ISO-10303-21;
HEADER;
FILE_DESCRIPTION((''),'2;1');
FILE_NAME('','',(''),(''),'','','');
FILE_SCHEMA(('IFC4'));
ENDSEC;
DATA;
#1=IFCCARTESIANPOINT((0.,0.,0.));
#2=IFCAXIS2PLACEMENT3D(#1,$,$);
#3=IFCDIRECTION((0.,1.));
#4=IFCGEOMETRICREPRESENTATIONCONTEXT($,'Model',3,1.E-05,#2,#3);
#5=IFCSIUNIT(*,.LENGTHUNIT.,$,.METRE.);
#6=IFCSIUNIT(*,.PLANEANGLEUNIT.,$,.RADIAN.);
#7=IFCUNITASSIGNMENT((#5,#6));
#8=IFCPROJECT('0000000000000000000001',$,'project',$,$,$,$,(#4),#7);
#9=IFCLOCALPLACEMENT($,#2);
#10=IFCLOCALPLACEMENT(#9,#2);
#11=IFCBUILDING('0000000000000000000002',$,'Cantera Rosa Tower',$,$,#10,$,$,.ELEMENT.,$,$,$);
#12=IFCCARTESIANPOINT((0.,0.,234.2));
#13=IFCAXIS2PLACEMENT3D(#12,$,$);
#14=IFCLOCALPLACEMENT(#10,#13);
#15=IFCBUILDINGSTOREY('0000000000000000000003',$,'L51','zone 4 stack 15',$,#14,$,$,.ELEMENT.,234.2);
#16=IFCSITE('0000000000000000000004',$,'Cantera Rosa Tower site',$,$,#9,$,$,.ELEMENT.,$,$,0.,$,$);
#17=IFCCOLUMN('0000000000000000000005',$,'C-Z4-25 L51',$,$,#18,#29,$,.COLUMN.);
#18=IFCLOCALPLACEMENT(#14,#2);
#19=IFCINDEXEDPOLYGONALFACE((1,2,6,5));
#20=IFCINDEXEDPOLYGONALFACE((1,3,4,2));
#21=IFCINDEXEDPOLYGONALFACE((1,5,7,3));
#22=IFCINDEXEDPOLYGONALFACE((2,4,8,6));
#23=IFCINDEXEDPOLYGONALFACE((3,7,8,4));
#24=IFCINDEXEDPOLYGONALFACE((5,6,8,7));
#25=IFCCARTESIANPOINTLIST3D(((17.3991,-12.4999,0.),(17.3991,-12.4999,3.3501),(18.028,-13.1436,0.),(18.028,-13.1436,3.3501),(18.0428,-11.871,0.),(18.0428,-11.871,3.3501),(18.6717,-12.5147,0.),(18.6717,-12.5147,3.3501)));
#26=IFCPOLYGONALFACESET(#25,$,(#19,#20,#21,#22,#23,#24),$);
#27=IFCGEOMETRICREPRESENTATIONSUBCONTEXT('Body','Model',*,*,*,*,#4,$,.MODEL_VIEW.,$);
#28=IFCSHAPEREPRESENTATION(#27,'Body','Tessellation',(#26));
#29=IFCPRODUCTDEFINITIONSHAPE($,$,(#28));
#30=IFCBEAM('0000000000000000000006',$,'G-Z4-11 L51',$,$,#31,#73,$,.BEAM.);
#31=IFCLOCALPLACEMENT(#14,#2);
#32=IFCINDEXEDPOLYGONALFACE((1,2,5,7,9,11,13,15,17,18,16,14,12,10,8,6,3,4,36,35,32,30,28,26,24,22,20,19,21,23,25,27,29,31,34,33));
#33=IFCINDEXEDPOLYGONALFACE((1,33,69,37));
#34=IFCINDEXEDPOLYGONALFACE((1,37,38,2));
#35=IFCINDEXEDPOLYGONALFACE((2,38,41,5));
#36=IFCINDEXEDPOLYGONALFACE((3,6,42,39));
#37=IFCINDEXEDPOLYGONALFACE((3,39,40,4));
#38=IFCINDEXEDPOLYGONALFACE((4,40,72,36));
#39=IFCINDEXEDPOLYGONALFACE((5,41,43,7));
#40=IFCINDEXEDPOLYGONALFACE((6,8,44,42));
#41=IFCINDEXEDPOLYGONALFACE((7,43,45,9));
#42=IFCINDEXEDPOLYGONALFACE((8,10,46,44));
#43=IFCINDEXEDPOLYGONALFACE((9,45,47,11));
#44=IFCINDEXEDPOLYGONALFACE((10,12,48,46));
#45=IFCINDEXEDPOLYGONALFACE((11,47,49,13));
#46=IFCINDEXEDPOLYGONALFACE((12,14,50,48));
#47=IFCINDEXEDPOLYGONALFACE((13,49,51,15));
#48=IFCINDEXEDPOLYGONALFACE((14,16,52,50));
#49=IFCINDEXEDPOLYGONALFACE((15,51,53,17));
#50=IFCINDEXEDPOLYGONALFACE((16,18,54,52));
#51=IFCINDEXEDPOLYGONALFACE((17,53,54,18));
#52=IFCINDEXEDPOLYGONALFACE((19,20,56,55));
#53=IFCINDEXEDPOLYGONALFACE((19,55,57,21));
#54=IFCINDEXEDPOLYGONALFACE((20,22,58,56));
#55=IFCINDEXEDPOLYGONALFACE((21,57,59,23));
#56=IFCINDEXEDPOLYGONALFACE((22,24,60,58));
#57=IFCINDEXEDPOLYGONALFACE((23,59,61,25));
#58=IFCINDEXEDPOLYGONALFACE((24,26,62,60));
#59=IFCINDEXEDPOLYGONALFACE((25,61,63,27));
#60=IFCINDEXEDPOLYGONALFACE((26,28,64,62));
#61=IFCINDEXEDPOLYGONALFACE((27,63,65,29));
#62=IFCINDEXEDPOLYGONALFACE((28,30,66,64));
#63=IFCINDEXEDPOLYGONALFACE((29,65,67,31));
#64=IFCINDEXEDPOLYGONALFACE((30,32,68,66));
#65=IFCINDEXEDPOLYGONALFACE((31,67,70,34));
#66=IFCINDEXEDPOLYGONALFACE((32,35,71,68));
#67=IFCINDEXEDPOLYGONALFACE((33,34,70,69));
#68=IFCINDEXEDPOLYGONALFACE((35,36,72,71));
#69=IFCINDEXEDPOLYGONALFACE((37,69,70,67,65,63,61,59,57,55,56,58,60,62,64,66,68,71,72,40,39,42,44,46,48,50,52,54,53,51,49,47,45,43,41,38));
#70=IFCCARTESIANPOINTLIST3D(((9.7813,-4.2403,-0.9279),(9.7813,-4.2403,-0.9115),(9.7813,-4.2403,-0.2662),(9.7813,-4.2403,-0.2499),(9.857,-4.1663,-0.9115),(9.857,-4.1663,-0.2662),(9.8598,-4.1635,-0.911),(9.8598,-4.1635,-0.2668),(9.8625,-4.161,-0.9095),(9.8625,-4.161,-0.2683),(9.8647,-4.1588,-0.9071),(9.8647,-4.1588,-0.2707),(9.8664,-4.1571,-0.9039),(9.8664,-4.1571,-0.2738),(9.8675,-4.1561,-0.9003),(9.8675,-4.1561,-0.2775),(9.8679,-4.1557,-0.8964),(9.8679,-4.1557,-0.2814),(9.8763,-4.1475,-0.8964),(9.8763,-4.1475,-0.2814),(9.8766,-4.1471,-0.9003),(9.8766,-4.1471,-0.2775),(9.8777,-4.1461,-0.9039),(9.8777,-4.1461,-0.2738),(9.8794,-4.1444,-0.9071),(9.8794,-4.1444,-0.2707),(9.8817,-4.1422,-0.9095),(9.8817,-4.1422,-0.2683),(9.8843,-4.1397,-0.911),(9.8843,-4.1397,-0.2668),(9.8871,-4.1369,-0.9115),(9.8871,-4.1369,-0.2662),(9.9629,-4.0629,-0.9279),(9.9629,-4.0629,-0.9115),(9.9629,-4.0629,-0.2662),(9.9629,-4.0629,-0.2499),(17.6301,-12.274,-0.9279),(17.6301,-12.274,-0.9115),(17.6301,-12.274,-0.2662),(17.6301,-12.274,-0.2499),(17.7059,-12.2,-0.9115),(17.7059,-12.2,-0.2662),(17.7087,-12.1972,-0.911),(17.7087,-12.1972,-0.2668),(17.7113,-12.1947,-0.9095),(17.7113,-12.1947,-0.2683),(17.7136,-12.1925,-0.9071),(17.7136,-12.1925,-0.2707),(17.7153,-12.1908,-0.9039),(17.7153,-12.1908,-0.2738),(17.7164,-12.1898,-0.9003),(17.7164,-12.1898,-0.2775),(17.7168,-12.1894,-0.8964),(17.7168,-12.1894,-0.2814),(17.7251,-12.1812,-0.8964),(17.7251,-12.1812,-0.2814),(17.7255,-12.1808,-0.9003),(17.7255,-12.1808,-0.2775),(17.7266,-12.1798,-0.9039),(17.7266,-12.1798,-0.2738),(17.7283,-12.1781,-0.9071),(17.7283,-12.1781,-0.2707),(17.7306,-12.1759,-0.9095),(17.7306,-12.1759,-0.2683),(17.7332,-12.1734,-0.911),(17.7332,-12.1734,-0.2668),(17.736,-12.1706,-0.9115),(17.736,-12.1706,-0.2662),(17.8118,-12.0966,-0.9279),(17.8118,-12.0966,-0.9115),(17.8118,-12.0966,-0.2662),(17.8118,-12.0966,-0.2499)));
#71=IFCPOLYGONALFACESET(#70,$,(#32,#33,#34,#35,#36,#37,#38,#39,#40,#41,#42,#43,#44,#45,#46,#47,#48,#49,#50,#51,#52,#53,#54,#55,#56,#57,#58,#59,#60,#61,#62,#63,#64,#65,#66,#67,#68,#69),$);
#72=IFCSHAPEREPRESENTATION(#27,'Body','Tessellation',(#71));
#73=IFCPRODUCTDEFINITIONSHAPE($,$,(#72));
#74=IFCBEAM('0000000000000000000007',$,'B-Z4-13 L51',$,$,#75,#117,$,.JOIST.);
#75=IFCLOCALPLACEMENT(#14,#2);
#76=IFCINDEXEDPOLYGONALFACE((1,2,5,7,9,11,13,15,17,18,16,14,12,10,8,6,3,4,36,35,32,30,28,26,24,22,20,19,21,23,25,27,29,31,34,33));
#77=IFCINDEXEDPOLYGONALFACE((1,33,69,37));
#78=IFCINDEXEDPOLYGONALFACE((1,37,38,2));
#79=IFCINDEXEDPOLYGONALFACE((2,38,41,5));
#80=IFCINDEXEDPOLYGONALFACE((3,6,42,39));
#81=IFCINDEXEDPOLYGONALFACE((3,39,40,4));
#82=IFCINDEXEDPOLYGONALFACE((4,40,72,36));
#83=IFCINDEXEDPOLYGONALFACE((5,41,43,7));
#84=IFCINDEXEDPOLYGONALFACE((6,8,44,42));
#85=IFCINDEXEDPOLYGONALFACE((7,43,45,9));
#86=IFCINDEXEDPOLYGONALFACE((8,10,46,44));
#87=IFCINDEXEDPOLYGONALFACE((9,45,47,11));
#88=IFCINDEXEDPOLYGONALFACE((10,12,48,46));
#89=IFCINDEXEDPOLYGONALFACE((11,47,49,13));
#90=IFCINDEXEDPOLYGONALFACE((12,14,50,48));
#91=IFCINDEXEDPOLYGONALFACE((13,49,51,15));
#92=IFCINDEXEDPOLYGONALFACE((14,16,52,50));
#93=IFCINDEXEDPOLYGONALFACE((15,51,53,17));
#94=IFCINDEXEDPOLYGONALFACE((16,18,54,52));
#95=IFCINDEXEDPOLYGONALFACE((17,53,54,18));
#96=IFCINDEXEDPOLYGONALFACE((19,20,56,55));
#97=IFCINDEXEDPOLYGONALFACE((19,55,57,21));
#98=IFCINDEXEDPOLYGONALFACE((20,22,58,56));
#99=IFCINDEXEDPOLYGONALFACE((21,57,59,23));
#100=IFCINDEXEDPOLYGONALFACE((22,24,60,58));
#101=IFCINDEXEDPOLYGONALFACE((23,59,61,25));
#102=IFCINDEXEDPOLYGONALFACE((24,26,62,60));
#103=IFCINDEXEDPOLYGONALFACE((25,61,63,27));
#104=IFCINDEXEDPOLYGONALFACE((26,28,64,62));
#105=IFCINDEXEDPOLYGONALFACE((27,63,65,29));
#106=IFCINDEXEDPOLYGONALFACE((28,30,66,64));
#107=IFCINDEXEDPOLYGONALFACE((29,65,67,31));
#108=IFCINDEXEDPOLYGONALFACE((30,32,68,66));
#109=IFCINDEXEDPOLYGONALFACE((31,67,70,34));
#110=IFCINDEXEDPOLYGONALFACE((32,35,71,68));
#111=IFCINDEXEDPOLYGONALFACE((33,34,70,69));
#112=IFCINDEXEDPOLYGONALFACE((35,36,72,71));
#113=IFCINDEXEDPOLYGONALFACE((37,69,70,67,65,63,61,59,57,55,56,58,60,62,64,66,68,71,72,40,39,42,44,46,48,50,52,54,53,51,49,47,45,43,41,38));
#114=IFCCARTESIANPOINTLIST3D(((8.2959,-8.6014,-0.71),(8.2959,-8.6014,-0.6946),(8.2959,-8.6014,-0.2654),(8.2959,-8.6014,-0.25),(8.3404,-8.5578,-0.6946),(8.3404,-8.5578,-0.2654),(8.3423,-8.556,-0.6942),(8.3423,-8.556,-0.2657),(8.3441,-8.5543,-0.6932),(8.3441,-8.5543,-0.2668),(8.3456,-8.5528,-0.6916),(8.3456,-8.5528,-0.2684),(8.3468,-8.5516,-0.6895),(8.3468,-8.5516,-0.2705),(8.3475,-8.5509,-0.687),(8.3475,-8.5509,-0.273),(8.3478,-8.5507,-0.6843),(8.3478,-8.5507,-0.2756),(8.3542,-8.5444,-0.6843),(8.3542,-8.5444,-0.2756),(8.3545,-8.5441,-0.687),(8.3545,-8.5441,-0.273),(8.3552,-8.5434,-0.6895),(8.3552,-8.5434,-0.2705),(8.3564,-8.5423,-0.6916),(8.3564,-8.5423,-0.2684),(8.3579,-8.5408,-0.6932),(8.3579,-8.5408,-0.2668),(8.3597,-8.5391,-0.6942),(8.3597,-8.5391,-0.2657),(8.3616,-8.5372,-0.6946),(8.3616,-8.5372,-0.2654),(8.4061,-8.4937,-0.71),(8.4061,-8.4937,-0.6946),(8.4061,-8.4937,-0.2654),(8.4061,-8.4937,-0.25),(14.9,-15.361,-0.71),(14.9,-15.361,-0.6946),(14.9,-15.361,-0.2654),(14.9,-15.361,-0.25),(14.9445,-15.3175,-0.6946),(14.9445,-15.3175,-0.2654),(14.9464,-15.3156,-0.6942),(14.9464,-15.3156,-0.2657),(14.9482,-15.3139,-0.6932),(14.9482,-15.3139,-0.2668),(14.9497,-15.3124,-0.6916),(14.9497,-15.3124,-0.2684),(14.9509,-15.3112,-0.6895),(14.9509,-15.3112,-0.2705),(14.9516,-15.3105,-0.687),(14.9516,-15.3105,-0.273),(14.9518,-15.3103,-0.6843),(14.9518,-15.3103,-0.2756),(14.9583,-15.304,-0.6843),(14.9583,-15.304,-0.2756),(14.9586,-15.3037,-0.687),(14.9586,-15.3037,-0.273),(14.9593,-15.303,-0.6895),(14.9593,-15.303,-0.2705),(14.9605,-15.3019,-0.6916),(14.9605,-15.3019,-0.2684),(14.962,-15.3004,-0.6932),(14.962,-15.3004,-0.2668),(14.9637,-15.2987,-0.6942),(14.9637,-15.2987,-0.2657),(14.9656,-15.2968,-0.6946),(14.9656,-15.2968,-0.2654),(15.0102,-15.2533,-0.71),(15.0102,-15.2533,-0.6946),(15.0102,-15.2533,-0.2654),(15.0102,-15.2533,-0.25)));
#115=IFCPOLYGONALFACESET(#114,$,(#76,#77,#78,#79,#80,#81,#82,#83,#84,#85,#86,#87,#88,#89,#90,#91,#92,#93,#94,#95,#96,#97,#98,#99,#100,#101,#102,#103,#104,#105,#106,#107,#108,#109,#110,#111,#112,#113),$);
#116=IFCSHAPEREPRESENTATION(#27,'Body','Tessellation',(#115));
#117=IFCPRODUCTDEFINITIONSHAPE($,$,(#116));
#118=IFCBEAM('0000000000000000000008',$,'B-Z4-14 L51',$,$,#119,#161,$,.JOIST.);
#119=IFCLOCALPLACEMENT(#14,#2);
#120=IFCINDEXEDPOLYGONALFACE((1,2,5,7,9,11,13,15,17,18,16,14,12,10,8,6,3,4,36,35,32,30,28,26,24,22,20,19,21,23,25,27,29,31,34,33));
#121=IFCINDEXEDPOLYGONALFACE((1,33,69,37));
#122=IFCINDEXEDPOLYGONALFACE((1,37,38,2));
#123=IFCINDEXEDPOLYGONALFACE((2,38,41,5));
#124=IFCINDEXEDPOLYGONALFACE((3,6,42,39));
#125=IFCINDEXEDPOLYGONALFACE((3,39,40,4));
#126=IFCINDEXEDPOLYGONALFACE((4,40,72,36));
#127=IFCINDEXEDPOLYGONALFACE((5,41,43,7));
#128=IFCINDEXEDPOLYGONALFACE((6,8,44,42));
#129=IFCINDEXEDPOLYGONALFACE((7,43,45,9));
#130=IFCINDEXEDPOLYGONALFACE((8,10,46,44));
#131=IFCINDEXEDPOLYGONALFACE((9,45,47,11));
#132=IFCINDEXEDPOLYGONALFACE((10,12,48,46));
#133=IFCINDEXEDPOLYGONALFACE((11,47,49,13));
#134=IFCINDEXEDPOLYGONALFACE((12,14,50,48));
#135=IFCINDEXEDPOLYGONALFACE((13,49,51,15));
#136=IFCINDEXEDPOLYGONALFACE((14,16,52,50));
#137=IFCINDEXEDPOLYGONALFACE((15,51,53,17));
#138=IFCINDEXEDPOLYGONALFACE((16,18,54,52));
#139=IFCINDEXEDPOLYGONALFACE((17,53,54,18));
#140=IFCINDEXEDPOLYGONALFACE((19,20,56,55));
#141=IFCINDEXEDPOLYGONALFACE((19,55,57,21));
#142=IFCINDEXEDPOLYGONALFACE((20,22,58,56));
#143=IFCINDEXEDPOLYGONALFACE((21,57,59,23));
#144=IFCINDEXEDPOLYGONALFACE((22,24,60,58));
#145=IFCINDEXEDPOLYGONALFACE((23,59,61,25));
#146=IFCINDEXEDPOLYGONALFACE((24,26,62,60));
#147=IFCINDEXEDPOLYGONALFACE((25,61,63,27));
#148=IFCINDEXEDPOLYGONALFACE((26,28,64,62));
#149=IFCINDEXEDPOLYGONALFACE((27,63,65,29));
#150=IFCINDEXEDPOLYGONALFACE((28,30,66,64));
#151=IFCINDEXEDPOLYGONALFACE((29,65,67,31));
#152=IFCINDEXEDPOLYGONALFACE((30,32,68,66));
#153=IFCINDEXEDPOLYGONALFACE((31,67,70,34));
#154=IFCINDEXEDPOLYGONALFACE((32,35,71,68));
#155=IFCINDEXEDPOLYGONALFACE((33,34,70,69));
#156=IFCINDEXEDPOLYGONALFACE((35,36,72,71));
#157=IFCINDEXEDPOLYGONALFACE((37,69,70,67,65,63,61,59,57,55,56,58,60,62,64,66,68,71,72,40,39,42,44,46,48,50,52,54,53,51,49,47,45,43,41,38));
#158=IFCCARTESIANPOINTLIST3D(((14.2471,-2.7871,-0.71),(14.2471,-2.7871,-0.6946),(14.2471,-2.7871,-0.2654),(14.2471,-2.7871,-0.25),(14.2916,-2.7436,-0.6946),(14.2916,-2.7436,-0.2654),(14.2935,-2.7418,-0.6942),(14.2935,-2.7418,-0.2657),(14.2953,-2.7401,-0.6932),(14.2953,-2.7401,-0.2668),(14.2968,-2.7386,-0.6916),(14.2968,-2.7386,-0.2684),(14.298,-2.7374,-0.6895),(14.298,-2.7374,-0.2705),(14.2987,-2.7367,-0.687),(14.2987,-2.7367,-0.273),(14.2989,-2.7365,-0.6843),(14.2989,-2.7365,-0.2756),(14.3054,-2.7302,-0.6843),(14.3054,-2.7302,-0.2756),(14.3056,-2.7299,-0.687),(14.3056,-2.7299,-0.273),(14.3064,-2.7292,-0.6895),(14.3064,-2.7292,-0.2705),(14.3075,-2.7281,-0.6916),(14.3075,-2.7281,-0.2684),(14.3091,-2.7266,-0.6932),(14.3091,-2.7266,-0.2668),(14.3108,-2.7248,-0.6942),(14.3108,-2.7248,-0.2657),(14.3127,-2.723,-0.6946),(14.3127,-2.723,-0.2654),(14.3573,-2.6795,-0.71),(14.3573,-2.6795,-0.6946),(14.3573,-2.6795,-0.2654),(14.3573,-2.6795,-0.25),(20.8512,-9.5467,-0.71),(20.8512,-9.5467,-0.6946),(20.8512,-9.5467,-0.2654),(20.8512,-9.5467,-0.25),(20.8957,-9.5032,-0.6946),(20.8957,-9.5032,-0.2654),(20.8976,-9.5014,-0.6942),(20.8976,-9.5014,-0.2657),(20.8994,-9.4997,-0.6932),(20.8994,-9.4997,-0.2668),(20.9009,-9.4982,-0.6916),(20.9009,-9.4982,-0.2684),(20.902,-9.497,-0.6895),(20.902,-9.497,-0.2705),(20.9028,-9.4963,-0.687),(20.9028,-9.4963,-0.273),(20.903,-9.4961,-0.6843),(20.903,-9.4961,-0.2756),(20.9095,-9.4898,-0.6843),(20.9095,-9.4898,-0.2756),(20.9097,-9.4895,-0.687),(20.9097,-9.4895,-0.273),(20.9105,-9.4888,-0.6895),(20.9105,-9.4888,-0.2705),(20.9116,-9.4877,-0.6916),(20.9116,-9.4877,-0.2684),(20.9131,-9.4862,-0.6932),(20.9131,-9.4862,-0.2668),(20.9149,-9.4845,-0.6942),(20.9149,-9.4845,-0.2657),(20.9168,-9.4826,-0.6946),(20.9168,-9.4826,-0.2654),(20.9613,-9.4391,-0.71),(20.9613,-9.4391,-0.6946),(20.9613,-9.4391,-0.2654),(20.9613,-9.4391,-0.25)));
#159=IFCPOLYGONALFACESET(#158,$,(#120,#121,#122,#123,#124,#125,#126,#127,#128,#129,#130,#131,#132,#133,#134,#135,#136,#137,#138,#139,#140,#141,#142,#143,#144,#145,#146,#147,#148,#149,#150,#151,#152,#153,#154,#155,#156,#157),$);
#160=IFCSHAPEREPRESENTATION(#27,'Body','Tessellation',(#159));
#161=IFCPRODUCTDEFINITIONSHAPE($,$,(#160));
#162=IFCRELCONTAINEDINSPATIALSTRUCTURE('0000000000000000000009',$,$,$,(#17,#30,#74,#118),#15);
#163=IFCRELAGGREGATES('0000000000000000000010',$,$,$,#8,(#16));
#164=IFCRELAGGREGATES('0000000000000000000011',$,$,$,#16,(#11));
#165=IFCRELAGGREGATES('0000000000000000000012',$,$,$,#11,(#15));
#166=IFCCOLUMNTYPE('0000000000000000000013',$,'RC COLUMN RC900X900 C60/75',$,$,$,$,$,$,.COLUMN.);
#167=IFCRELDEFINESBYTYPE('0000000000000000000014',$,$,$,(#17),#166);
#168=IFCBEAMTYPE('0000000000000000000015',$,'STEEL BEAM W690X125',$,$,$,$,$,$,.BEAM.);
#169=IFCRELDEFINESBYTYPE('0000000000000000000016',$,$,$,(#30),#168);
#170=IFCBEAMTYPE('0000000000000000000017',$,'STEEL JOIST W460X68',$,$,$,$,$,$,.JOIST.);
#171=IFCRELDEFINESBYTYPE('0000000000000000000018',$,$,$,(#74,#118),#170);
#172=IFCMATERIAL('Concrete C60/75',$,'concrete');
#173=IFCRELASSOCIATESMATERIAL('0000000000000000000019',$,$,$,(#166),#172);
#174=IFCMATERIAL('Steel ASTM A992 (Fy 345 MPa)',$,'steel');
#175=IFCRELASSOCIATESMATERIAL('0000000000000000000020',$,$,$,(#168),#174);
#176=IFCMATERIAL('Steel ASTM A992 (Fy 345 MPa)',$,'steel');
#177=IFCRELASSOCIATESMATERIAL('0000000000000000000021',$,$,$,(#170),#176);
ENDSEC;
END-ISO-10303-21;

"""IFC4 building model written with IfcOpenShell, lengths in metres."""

from ifc_helpers import new_model, si_unit, direction, frame, origin, origin_2d, place, context, subcontext, project, spatial, rectangle, i_section, extrude, material, material_profile, profile_set, type_object, element, save


model = new_model("IFC4")

# Units and contexts
model_context = context("Model", 3, precision=1e-05, world=origin(), true_north=direction((0.0, 1.0)))
body_context = subcontext(model_context, "Body", "Model", "MODEL_VIEW")
ifc_project = project(units=[si_unit("LENGTHUNIT", "METRE"), si_unit("PLANEANGLEUNIT", "RADIAN")], contexts=[model_context])

# Site, building, storey
site_placement = place(None, origin())
site = spatial("IfcSite", under=ifc_project, at=site_placement, Name="Cantera Rosa Tower site", CompositionType="ELEMENT", RefElevation=0.0)
building_placement = place(site_placement, origin())
building = spatial("IfcBuilding", under=site, at=building_placement, Name="Cantera Rosa Tower", CompositionType="ELEMENT")
storey_placement = place(building_placement, frame((0.0, 0.0, 234.2)))
storey = spatial("IfcBuildingStorey", under=building, at=storey_placement, Name="L51", Description="zone 4 stack 15", CompositionType="ELEMENT", Elevation=234.2)

# Column
ifc_material_1 = material(Name="Concrete C60/75", Category="concrete")
ifc_material_profile_1 = material_profile(ifc_material_1, rectangle(XDim=0.8999, YDim=0.8999, at=origin_2d()), Name="RC COLUMN RC900X900 C60/75")
ifc_profile_set_1 = profile_set([ifc_material_profile_1], Name="Concrete C60/75")
column_type = type_object("IfcColumnType", Name="RC COLUMN RC900X900 C60/75", PredefinedType="COLUMN", material=ifc_profile_set_1)
column_placement = place(storey_placement, frame((18.0354, -12.5073, 0.0), z_axis=(0.0, 0.0, 1.0), x_axis=(0.715286, 0.698832, 0.0)))
element("IfcColumn", 1, at=column_placement, inside=storey, type_object=column_type, Name="C-Z4-25 L51", PredefinedType="COLUMN", context=body_context, shape_type="SweptSolid", body=[
    extrude(rectangle(XDim=0.8999, YDim=0.8999, at=origin_2d()), origin(), (0.0, 0.0, 1.0), 3.3501),
])

# Beams
ifc_material_2 = material(Name="Steel ASTM A992 (Fy 345 MPa)", Category="steel")
ifc_material_profile_2 = material_profile(ifc_material_2, i_section(OverallWidth=0.2539, OverallDepth=0.678, WebThickness=0.0117, FlangeThickness=0.0164, FilletRadius=0.0151, at=origin_2d()), Name="W690X125")
ifc_profile_set_2 = profile_set([ifc_material_profile_2], Name="Steel ASTM A992 (Fy 345 MPa)")
beam_type_1 = type_object("IfcBeamType", Name="STEEL BEAM W690X125", PredefinedType="BEAM", material=ifc_profile_set_2)
beam_placement = place(storey_placement, frame((17.7209, -12.1853, -0.5889), z_axis=(-0.698831, 0.715286, 0.0), x_axis=(-0.715286, -0.698831, 0.0)))
element("IfcBeam", 2, at=beam_placement, inside=storey, type_object=beam_type_1, Name="G-Z4-11 L51", PredefinedType="BEAM", context=body_context, shape_type="SweptSolid", body=[
    extrude(i_section(OverallWidth=0.2539, OverallDepth=0.678, WebThickness=0.0117, FlangeThickness=0.0164, FilletRadius=0.0151, at=origin_2d()), origin(), (0.0, 0.0, 1.0), 11.2314),
])
ifc_material_3 = material(Name="Steel ASTM A992 (Fy 345 MPa)", Category="steel")
ifc_material_profile_3 = material_profile(ifc_material_3, i_section(OverallWidth=0.1541, OverallDepth=0.46, WebThickness=0.009, FlangeThickness=0.0154, FilletRadius=0.0103, at=origin_2d()), Name="W460X68")
ifc_profile_set_3 = profile_set([ifc_material_profile_3], Name="Steel ASTM A992 (Fy 345 MPa)")
beam_type_2 = type_object("IfcBeamType", Name="STEEL JOIST W460X68", PredefinedType="JOIST", material=ifc_profile_set_3)
for number, where, z_axis, x_axis, name in (
    (3, (14.9551, -15.3071, -0.48), (-0.698831, 0.715287, 0.0), (-0.715287, -0.698831, 0.0), "B-Z4-13 L51"),
    (4, (20.9062, -9.4929, -0.48), (-0.698831, 0.715287, 0.0), (-0.715287, -0.698831, 0.0), "B-Z4-14 L51"),
):
    element("IfcBeam", number, at=place(storey_placement, frame(where, z_axis=z_axis, x_axis=x_axis)), inside=storey, type_object=beam_type_2, Name=name, PredefinedType="JOIST", context=body_context, shape_type="SweptSolid", body=[
        extrude(i_section(OverallWidth=0.1541, OverallDepth=0.46, WebThickness=0.009, FlangeThickness=0.0154, FilletRadius=0.0103, at=origin_2d()), origin(), (0.0, 0.0, 1.0), 9.4502),
    ])

save(model, "model.ifc")
